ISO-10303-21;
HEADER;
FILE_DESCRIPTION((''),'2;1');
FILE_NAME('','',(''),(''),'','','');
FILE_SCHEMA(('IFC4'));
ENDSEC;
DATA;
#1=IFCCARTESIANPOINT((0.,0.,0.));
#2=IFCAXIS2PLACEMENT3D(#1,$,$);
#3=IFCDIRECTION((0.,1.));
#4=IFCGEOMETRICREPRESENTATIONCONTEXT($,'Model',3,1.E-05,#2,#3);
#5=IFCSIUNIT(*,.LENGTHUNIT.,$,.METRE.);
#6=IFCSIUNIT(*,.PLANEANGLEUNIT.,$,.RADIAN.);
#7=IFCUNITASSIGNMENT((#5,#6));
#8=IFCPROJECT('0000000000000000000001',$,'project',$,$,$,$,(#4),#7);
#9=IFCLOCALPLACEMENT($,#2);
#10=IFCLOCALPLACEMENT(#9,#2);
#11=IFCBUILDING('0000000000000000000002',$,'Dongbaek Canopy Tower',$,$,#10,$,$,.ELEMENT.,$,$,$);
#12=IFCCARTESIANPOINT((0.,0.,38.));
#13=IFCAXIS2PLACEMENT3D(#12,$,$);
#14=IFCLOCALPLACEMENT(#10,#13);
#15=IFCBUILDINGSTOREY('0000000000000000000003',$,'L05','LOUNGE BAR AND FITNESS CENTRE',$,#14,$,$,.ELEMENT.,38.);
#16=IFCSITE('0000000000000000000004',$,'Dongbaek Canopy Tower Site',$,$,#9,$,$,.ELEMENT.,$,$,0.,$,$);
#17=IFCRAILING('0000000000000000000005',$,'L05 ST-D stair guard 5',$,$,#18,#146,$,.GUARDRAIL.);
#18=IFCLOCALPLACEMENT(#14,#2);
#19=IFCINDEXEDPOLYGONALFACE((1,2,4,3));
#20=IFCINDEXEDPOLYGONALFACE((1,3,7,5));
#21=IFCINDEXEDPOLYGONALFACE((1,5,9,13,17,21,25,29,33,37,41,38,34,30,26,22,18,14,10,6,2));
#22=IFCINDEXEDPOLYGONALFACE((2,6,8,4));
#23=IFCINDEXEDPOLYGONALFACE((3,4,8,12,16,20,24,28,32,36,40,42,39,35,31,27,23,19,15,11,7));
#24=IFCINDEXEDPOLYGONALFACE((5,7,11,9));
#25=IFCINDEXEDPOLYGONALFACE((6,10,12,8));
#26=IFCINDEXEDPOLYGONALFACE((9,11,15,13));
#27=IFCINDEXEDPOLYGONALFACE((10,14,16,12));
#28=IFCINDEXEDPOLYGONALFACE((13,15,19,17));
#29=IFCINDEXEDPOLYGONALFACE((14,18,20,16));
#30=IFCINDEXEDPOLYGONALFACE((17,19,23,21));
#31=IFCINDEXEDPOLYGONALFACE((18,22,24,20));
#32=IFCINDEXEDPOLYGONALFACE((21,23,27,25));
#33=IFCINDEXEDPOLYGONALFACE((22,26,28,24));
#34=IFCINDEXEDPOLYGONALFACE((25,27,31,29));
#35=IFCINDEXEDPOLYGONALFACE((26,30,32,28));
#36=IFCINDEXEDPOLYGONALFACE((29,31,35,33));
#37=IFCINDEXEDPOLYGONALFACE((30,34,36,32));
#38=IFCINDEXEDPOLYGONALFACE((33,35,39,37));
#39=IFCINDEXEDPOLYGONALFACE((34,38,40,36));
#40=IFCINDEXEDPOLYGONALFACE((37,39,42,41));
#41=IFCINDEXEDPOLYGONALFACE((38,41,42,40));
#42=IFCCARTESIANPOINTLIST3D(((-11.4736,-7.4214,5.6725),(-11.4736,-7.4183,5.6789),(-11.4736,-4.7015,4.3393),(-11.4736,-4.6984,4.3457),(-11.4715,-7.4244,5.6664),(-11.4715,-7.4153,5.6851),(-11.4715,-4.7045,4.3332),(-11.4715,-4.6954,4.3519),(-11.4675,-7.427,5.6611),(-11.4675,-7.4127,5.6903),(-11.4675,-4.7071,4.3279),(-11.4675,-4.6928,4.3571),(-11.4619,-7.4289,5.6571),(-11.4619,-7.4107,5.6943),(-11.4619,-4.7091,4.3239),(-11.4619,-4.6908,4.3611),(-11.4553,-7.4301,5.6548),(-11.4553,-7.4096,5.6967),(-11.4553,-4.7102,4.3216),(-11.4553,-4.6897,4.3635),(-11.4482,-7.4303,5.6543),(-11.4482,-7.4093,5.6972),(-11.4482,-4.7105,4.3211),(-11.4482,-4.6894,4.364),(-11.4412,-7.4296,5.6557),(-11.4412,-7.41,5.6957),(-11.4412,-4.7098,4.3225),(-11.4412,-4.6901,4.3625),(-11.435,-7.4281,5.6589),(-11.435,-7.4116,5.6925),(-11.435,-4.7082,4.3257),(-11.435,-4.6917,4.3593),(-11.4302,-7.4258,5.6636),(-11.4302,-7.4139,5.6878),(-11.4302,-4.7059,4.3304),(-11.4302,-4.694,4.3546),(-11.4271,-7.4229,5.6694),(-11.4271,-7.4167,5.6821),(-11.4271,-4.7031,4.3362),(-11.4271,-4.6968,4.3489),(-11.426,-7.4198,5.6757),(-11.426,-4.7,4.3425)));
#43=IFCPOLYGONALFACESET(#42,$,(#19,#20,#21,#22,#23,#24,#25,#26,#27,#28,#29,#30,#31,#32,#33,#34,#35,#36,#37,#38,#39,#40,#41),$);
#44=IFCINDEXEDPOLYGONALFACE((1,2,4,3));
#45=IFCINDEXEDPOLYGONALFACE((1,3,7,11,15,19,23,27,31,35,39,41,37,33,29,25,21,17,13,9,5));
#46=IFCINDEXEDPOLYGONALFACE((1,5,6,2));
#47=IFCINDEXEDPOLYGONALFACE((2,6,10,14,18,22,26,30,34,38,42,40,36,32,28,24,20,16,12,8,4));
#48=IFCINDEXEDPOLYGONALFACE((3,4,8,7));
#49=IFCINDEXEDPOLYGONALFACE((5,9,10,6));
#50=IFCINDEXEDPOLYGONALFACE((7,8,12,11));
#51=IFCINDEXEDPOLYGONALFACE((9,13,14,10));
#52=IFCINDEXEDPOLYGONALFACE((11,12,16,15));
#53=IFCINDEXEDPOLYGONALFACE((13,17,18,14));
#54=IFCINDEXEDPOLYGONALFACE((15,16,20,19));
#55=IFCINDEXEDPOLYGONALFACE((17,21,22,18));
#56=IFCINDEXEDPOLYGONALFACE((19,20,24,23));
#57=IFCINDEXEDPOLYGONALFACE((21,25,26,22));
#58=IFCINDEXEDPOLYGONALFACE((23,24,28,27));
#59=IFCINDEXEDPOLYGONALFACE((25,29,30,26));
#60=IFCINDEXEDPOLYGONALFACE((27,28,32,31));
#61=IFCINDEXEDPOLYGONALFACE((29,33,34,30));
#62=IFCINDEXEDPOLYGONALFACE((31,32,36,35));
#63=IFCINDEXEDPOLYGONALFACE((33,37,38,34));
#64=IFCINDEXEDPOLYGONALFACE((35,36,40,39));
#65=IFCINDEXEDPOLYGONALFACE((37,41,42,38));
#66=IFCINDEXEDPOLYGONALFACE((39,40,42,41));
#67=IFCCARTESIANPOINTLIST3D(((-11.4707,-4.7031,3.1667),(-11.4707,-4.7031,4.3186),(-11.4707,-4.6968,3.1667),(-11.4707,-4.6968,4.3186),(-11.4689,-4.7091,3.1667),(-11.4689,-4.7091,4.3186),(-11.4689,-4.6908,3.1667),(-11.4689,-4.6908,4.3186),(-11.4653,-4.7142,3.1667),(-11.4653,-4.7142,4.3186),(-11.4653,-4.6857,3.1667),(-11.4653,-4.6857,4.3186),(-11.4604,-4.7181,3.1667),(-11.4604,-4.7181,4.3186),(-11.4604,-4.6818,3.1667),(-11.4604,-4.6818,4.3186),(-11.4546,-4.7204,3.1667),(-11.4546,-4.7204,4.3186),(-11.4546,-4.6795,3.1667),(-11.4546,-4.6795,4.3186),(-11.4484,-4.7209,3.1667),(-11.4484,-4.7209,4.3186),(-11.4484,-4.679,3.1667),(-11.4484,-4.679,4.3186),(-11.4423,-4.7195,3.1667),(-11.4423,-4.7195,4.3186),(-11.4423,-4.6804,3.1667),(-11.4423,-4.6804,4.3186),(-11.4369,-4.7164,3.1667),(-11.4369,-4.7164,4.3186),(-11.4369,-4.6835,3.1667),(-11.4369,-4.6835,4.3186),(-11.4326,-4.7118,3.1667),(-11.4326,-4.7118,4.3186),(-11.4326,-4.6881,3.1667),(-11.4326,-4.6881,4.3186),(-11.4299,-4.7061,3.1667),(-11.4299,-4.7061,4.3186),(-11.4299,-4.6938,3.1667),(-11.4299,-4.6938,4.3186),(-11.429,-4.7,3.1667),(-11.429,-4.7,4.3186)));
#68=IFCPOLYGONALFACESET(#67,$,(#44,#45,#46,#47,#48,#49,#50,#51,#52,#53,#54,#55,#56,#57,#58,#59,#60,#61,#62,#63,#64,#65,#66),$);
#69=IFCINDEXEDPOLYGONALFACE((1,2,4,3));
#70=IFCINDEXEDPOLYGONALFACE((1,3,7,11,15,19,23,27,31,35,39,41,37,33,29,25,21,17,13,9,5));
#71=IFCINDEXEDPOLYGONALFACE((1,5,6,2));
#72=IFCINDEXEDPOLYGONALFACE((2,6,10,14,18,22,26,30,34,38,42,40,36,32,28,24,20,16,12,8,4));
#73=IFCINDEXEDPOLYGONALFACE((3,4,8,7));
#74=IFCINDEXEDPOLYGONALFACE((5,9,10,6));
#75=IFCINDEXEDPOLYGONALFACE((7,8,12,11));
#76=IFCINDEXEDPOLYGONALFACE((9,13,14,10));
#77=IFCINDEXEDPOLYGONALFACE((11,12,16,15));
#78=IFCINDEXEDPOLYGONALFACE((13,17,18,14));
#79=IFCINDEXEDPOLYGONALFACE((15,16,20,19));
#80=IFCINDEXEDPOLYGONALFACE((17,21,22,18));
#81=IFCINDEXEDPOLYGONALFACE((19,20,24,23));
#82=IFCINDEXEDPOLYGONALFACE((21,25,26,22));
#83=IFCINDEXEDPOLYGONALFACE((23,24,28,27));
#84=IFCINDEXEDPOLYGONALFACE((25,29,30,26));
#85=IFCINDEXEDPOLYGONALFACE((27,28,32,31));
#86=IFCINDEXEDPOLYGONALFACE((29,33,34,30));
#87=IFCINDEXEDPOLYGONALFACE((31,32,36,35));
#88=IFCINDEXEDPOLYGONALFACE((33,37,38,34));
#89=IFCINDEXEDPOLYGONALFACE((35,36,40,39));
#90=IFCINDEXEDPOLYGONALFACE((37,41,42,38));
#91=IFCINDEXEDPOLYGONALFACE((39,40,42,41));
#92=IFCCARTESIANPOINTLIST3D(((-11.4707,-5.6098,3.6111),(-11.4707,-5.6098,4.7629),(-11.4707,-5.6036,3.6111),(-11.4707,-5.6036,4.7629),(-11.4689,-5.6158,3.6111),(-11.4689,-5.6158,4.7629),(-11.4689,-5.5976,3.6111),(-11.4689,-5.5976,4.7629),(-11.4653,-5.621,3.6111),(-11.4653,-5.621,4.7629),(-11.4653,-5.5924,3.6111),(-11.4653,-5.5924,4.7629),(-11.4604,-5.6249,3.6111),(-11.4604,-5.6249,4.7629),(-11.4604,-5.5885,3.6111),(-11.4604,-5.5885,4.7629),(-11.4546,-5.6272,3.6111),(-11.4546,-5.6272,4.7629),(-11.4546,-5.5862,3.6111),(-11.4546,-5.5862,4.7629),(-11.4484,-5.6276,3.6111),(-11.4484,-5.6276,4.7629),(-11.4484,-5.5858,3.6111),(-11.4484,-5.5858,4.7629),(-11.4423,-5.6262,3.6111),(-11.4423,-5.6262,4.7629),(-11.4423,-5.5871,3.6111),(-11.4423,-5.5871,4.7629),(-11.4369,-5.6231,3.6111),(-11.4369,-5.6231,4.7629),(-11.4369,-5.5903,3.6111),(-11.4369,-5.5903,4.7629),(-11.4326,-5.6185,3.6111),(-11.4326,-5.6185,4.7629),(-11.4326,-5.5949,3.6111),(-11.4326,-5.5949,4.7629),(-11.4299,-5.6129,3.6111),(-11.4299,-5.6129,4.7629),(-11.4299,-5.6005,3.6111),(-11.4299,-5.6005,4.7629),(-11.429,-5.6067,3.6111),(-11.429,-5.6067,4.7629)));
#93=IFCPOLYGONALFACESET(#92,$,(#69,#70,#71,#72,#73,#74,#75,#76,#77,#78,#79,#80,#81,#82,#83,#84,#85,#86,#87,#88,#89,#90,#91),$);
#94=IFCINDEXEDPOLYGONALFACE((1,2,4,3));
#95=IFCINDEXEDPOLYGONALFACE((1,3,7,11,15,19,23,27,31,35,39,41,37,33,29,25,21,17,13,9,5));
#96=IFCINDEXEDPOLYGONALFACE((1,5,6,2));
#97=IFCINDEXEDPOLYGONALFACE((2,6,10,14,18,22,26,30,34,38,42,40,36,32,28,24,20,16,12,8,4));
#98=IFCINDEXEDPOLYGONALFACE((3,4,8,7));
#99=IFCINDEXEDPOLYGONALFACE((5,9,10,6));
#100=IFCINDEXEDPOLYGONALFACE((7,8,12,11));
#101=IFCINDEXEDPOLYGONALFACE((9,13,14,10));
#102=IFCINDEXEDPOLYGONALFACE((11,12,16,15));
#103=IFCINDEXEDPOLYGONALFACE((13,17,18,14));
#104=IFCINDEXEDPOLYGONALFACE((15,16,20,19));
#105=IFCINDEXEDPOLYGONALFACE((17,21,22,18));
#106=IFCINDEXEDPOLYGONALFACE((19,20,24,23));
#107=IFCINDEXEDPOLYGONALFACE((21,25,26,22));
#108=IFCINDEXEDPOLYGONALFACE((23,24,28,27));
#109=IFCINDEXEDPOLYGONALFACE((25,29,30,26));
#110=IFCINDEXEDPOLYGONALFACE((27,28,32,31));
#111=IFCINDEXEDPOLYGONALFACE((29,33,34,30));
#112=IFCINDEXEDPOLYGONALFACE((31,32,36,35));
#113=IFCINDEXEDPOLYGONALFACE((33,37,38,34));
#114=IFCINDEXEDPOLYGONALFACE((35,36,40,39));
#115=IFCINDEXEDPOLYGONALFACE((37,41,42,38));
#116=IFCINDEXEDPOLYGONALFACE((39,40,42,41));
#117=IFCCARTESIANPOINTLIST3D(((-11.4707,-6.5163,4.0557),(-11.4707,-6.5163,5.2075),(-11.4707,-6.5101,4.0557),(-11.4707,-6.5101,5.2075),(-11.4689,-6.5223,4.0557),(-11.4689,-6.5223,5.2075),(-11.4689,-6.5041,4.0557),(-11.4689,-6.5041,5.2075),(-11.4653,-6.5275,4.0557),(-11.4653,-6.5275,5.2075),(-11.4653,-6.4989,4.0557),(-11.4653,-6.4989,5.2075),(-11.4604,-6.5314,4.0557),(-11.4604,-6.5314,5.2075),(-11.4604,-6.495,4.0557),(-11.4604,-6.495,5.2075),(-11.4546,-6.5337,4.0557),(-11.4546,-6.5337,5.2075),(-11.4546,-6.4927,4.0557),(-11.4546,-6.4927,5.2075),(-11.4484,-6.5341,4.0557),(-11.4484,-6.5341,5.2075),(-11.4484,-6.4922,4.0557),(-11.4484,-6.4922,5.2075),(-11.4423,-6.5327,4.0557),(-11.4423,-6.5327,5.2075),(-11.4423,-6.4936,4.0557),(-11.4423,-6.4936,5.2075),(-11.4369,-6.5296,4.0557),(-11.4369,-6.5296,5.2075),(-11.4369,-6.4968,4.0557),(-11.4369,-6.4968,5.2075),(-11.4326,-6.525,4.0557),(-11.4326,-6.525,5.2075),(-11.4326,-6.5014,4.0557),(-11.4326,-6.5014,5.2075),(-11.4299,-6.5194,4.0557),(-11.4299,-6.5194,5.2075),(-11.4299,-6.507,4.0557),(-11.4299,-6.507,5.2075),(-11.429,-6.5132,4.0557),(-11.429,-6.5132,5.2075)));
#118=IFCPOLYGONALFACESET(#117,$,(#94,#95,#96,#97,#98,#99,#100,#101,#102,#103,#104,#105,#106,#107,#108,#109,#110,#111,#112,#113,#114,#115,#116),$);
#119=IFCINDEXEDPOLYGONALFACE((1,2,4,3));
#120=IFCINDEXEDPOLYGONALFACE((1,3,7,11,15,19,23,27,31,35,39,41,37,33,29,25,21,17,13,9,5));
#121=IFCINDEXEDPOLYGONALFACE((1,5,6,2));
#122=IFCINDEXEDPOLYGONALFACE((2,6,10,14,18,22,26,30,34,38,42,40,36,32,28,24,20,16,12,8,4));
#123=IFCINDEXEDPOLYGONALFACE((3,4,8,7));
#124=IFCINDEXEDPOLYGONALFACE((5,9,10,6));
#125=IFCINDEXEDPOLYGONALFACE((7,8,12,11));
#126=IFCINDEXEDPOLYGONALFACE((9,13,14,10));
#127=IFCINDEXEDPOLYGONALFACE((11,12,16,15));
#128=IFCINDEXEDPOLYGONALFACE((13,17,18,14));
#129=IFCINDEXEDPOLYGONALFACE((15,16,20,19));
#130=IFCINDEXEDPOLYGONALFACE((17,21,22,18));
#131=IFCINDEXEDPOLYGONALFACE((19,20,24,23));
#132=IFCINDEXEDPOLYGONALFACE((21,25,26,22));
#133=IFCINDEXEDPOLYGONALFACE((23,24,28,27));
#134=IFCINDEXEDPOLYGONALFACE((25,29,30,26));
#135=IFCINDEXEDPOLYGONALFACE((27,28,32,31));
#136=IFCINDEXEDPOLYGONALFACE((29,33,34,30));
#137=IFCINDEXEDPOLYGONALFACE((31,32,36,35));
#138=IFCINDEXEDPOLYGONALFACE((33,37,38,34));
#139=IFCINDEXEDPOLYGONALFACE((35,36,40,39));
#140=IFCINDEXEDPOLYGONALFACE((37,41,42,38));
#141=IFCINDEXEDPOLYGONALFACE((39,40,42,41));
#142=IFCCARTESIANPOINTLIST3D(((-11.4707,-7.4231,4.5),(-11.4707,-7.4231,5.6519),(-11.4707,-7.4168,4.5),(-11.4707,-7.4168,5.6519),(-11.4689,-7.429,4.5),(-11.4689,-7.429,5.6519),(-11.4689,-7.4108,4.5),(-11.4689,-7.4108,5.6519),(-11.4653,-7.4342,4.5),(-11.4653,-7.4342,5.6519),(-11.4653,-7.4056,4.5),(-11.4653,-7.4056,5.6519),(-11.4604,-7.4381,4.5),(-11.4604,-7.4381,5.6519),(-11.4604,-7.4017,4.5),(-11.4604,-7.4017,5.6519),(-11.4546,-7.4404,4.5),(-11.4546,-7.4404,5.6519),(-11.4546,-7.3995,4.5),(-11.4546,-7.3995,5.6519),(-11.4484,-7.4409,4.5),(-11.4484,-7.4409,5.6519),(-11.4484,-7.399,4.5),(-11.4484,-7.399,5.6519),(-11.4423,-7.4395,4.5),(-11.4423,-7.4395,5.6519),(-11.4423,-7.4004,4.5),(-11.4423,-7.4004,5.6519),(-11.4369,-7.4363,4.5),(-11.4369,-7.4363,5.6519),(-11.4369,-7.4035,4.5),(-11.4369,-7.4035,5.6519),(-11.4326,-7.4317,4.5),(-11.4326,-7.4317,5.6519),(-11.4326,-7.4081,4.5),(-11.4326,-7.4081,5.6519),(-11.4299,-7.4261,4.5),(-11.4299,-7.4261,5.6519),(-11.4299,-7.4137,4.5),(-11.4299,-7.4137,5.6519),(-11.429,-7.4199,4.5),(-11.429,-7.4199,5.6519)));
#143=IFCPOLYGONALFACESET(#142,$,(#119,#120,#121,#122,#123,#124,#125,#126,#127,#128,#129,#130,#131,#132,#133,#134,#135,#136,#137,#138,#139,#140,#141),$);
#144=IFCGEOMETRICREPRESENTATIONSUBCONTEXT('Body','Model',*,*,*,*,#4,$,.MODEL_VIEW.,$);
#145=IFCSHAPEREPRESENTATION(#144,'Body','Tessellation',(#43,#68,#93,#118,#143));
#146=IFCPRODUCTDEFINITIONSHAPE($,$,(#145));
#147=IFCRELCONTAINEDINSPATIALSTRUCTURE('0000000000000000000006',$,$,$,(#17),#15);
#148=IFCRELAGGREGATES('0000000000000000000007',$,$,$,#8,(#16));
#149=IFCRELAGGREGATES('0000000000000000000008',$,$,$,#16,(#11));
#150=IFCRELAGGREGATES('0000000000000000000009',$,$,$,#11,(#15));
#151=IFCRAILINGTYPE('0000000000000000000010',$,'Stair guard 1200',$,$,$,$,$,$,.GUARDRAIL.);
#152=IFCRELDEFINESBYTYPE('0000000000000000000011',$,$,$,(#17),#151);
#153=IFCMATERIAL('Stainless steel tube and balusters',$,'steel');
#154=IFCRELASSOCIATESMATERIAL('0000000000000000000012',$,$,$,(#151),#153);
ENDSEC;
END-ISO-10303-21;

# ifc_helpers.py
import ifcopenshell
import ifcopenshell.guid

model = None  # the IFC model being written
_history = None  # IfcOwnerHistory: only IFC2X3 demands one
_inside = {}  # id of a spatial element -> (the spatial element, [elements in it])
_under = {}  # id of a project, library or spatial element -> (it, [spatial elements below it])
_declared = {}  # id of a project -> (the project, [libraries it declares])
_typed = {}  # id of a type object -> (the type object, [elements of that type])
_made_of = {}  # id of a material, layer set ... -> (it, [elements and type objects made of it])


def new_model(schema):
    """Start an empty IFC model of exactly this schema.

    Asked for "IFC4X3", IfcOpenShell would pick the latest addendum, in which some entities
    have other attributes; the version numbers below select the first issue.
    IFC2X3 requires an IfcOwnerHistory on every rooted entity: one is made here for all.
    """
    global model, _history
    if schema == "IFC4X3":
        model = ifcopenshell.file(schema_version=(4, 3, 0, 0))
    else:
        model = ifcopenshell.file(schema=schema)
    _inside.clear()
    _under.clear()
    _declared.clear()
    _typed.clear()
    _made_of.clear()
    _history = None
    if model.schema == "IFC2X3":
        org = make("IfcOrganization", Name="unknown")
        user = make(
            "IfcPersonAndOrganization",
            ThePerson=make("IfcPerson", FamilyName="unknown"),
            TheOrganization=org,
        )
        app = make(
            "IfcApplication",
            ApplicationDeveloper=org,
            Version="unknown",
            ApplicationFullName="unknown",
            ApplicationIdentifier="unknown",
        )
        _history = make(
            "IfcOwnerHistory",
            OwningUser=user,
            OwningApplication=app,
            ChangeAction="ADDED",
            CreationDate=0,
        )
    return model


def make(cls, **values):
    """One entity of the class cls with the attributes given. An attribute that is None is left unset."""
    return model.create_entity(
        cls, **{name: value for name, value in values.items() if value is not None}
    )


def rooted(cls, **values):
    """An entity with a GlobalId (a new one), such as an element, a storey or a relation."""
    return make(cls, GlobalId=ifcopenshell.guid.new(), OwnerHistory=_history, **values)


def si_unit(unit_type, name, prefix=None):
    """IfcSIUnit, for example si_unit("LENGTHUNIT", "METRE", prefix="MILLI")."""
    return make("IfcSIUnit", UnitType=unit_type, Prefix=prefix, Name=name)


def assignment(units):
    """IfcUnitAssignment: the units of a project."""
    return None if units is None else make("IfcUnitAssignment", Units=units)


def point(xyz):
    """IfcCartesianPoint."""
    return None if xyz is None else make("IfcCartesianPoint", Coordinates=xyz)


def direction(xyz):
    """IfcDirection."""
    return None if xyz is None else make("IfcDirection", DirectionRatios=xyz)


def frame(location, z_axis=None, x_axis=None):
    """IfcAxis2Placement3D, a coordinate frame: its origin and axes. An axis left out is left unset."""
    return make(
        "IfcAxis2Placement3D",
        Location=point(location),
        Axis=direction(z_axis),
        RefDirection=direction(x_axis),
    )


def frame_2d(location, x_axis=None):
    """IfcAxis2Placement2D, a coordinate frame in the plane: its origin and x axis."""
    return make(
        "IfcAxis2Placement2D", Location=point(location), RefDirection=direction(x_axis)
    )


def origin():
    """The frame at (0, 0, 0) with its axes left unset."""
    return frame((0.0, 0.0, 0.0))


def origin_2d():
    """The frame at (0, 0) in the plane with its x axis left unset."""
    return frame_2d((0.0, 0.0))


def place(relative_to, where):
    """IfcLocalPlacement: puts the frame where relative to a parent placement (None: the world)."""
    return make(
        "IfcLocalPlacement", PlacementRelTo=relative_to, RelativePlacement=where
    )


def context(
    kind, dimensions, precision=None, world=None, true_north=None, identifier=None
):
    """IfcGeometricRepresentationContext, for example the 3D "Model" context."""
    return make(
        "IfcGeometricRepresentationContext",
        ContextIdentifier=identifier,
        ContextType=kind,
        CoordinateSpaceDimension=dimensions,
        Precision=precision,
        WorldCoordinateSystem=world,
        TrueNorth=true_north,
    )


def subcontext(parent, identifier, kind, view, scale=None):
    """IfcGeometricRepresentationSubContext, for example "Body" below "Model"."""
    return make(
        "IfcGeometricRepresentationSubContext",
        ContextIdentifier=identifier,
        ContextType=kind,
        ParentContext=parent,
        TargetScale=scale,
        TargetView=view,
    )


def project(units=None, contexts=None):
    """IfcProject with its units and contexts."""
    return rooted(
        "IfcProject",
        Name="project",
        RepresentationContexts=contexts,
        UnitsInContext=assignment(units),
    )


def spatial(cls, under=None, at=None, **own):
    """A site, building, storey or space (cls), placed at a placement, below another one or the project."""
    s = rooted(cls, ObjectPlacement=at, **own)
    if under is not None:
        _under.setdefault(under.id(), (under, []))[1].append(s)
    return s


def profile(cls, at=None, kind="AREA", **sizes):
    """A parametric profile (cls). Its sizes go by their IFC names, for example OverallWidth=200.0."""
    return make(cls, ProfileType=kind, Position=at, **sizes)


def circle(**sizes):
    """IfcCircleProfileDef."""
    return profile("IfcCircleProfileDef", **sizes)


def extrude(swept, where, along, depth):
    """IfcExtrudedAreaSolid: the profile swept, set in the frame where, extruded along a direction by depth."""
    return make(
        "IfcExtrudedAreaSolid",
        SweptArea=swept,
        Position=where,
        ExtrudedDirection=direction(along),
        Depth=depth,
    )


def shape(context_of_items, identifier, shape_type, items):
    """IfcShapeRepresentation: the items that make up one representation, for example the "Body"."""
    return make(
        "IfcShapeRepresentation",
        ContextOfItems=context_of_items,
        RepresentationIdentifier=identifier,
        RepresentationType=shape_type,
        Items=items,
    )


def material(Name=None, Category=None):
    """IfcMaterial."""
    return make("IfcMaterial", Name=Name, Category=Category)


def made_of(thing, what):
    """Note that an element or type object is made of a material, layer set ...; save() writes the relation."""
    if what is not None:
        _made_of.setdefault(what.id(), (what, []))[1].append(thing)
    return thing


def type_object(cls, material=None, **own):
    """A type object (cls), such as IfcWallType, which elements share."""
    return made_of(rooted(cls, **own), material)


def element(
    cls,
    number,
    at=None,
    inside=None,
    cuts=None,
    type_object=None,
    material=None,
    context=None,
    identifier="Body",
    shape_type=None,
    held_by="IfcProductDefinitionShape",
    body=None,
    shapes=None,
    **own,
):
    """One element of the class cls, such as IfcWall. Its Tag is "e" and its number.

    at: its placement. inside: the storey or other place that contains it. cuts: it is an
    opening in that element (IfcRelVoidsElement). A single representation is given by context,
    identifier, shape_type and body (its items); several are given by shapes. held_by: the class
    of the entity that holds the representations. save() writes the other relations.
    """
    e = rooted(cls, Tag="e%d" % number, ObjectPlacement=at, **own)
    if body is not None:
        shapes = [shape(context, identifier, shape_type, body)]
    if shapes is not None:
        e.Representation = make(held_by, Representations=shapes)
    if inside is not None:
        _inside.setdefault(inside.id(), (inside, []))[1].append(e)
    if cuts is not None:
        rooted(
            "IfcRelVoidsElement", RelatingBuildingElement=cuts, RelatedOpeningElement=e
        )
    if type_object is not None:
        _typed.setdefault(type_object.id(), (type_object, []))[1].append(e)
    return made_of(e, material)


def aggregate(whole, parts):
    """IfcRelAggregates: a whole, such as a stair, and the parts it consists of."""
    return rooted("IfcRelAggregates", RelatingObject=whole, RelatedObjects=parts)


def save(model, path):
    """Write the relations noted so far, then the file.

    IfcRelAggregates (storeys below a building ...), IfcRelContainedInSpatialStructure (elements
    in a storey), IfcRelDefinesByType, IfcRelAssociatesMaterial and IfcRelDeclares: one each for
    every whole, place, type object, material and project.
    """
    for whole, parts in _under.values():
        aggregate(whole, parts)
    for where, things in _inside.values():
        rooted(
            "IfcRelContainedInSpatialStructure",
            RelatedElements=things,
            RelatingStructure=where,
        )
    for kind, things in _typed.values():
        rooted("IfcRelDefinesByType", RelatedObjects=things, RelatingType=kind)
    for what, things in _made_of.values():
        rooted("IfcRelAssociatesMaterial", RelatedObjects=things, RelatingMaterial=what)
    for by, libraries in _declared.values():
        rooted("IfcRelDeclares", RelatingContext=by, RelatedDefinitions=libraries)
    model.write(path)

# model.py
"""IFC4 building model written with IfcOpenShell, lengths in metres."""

from ifc_helpers import new_model, si_unit, direction, frame, origin, origin_2d, place, context, subcontext, project, spatial, circle, extrude, material, type_object, element, save


model = new_model("IFC4")

# Units and contexts
model_context = context("Model", 3, precision=1e-05, world=origin(), true_north=direction((0.0, 1.0)))
body_context = subcontext(model_context, "Body", "Model", "MODEL_VIEW")
ifc_project = project(units=[si_unit("LENGTHUNIT", "METRE"), si_unit("PLANEANGLEUNIT", "RADIAN")], contexts=[model_context])

# Site, building, storey
site_placement = place(None, origin())
site = spatial("IfcSite", under=ifc_project, at=site_placement, Name="Dongbaek Canopy Tower Site", CompositionType="ELEMENT", RefElevation=0.0)
building_placement = place(site_placement, origin())
building = spatial("IfcBuilding", under=site, at=building_placement, Name="Dongbaek Canopy Tower", CompositionType="ELEMENT")
storey_placement = place(building_placement, frame((0.0, 0.0, 38.0)))
storey = spatial("IfcBuildingStorey", under=building, at=storey_placement, Name="L05", Description="LOUNGE BAR AND FITNESS CENTRE", CompositionType="ELEMENT", Elevation=38.0)

# Railing
ifc_material_1 = material(Name="Stainless steel tube and balusters", Category="steel")
railing_type_1 = type_object("IfcRailingType", Name="Stair guard 1200", PredefinedType="GUARDRAIL", material=ifc_material_1)
railing_1_placement = place(storey_placement, frame((-11.45, -4.7, 3.1667)))
element("IfcRailing", 1, at=railing_1_placement, inside=storey, type_object=railing_type_1, Name="L05 ST-D stair guard 5", PredefinedType="GUARDRAIL", context=body_context, shape_type="SweptSolid", body=[
    extrude(circle(Radius=0.0239, at=origin_2d()), frame((0.0, 0.0, 1.1758), z_axis=(0.0, -0.897929, 0.440139), x_axis=(1.0, 0.0, 0.0)), (0.0, 0.0, 1.0), 3.0291),
    extrude(circle(Radius=0.021, at=origin_2d()), origin(), (0.0, 0.0, 1.0), 1.1519),
    extrude(circle(Radius=0.021, at=origin_2d()), frame((0.0, -0.9067, 0.4443)), (0.0, 0.0, 1.0), 1.1519),
    extrude(circle(Radius=0.021, at=origin_2d()), frame((0.0, -1.8132, 0.8889)), (0.0, 0.0, 1.0), 1.1519),
    extrude(circle(Radius=0.021, at=origin_2d()), frame((0.0, -2.72, 1.3333)), (0.0, 0.0, 1.0), 1.1519),
])

save(model, "model.ifc")
